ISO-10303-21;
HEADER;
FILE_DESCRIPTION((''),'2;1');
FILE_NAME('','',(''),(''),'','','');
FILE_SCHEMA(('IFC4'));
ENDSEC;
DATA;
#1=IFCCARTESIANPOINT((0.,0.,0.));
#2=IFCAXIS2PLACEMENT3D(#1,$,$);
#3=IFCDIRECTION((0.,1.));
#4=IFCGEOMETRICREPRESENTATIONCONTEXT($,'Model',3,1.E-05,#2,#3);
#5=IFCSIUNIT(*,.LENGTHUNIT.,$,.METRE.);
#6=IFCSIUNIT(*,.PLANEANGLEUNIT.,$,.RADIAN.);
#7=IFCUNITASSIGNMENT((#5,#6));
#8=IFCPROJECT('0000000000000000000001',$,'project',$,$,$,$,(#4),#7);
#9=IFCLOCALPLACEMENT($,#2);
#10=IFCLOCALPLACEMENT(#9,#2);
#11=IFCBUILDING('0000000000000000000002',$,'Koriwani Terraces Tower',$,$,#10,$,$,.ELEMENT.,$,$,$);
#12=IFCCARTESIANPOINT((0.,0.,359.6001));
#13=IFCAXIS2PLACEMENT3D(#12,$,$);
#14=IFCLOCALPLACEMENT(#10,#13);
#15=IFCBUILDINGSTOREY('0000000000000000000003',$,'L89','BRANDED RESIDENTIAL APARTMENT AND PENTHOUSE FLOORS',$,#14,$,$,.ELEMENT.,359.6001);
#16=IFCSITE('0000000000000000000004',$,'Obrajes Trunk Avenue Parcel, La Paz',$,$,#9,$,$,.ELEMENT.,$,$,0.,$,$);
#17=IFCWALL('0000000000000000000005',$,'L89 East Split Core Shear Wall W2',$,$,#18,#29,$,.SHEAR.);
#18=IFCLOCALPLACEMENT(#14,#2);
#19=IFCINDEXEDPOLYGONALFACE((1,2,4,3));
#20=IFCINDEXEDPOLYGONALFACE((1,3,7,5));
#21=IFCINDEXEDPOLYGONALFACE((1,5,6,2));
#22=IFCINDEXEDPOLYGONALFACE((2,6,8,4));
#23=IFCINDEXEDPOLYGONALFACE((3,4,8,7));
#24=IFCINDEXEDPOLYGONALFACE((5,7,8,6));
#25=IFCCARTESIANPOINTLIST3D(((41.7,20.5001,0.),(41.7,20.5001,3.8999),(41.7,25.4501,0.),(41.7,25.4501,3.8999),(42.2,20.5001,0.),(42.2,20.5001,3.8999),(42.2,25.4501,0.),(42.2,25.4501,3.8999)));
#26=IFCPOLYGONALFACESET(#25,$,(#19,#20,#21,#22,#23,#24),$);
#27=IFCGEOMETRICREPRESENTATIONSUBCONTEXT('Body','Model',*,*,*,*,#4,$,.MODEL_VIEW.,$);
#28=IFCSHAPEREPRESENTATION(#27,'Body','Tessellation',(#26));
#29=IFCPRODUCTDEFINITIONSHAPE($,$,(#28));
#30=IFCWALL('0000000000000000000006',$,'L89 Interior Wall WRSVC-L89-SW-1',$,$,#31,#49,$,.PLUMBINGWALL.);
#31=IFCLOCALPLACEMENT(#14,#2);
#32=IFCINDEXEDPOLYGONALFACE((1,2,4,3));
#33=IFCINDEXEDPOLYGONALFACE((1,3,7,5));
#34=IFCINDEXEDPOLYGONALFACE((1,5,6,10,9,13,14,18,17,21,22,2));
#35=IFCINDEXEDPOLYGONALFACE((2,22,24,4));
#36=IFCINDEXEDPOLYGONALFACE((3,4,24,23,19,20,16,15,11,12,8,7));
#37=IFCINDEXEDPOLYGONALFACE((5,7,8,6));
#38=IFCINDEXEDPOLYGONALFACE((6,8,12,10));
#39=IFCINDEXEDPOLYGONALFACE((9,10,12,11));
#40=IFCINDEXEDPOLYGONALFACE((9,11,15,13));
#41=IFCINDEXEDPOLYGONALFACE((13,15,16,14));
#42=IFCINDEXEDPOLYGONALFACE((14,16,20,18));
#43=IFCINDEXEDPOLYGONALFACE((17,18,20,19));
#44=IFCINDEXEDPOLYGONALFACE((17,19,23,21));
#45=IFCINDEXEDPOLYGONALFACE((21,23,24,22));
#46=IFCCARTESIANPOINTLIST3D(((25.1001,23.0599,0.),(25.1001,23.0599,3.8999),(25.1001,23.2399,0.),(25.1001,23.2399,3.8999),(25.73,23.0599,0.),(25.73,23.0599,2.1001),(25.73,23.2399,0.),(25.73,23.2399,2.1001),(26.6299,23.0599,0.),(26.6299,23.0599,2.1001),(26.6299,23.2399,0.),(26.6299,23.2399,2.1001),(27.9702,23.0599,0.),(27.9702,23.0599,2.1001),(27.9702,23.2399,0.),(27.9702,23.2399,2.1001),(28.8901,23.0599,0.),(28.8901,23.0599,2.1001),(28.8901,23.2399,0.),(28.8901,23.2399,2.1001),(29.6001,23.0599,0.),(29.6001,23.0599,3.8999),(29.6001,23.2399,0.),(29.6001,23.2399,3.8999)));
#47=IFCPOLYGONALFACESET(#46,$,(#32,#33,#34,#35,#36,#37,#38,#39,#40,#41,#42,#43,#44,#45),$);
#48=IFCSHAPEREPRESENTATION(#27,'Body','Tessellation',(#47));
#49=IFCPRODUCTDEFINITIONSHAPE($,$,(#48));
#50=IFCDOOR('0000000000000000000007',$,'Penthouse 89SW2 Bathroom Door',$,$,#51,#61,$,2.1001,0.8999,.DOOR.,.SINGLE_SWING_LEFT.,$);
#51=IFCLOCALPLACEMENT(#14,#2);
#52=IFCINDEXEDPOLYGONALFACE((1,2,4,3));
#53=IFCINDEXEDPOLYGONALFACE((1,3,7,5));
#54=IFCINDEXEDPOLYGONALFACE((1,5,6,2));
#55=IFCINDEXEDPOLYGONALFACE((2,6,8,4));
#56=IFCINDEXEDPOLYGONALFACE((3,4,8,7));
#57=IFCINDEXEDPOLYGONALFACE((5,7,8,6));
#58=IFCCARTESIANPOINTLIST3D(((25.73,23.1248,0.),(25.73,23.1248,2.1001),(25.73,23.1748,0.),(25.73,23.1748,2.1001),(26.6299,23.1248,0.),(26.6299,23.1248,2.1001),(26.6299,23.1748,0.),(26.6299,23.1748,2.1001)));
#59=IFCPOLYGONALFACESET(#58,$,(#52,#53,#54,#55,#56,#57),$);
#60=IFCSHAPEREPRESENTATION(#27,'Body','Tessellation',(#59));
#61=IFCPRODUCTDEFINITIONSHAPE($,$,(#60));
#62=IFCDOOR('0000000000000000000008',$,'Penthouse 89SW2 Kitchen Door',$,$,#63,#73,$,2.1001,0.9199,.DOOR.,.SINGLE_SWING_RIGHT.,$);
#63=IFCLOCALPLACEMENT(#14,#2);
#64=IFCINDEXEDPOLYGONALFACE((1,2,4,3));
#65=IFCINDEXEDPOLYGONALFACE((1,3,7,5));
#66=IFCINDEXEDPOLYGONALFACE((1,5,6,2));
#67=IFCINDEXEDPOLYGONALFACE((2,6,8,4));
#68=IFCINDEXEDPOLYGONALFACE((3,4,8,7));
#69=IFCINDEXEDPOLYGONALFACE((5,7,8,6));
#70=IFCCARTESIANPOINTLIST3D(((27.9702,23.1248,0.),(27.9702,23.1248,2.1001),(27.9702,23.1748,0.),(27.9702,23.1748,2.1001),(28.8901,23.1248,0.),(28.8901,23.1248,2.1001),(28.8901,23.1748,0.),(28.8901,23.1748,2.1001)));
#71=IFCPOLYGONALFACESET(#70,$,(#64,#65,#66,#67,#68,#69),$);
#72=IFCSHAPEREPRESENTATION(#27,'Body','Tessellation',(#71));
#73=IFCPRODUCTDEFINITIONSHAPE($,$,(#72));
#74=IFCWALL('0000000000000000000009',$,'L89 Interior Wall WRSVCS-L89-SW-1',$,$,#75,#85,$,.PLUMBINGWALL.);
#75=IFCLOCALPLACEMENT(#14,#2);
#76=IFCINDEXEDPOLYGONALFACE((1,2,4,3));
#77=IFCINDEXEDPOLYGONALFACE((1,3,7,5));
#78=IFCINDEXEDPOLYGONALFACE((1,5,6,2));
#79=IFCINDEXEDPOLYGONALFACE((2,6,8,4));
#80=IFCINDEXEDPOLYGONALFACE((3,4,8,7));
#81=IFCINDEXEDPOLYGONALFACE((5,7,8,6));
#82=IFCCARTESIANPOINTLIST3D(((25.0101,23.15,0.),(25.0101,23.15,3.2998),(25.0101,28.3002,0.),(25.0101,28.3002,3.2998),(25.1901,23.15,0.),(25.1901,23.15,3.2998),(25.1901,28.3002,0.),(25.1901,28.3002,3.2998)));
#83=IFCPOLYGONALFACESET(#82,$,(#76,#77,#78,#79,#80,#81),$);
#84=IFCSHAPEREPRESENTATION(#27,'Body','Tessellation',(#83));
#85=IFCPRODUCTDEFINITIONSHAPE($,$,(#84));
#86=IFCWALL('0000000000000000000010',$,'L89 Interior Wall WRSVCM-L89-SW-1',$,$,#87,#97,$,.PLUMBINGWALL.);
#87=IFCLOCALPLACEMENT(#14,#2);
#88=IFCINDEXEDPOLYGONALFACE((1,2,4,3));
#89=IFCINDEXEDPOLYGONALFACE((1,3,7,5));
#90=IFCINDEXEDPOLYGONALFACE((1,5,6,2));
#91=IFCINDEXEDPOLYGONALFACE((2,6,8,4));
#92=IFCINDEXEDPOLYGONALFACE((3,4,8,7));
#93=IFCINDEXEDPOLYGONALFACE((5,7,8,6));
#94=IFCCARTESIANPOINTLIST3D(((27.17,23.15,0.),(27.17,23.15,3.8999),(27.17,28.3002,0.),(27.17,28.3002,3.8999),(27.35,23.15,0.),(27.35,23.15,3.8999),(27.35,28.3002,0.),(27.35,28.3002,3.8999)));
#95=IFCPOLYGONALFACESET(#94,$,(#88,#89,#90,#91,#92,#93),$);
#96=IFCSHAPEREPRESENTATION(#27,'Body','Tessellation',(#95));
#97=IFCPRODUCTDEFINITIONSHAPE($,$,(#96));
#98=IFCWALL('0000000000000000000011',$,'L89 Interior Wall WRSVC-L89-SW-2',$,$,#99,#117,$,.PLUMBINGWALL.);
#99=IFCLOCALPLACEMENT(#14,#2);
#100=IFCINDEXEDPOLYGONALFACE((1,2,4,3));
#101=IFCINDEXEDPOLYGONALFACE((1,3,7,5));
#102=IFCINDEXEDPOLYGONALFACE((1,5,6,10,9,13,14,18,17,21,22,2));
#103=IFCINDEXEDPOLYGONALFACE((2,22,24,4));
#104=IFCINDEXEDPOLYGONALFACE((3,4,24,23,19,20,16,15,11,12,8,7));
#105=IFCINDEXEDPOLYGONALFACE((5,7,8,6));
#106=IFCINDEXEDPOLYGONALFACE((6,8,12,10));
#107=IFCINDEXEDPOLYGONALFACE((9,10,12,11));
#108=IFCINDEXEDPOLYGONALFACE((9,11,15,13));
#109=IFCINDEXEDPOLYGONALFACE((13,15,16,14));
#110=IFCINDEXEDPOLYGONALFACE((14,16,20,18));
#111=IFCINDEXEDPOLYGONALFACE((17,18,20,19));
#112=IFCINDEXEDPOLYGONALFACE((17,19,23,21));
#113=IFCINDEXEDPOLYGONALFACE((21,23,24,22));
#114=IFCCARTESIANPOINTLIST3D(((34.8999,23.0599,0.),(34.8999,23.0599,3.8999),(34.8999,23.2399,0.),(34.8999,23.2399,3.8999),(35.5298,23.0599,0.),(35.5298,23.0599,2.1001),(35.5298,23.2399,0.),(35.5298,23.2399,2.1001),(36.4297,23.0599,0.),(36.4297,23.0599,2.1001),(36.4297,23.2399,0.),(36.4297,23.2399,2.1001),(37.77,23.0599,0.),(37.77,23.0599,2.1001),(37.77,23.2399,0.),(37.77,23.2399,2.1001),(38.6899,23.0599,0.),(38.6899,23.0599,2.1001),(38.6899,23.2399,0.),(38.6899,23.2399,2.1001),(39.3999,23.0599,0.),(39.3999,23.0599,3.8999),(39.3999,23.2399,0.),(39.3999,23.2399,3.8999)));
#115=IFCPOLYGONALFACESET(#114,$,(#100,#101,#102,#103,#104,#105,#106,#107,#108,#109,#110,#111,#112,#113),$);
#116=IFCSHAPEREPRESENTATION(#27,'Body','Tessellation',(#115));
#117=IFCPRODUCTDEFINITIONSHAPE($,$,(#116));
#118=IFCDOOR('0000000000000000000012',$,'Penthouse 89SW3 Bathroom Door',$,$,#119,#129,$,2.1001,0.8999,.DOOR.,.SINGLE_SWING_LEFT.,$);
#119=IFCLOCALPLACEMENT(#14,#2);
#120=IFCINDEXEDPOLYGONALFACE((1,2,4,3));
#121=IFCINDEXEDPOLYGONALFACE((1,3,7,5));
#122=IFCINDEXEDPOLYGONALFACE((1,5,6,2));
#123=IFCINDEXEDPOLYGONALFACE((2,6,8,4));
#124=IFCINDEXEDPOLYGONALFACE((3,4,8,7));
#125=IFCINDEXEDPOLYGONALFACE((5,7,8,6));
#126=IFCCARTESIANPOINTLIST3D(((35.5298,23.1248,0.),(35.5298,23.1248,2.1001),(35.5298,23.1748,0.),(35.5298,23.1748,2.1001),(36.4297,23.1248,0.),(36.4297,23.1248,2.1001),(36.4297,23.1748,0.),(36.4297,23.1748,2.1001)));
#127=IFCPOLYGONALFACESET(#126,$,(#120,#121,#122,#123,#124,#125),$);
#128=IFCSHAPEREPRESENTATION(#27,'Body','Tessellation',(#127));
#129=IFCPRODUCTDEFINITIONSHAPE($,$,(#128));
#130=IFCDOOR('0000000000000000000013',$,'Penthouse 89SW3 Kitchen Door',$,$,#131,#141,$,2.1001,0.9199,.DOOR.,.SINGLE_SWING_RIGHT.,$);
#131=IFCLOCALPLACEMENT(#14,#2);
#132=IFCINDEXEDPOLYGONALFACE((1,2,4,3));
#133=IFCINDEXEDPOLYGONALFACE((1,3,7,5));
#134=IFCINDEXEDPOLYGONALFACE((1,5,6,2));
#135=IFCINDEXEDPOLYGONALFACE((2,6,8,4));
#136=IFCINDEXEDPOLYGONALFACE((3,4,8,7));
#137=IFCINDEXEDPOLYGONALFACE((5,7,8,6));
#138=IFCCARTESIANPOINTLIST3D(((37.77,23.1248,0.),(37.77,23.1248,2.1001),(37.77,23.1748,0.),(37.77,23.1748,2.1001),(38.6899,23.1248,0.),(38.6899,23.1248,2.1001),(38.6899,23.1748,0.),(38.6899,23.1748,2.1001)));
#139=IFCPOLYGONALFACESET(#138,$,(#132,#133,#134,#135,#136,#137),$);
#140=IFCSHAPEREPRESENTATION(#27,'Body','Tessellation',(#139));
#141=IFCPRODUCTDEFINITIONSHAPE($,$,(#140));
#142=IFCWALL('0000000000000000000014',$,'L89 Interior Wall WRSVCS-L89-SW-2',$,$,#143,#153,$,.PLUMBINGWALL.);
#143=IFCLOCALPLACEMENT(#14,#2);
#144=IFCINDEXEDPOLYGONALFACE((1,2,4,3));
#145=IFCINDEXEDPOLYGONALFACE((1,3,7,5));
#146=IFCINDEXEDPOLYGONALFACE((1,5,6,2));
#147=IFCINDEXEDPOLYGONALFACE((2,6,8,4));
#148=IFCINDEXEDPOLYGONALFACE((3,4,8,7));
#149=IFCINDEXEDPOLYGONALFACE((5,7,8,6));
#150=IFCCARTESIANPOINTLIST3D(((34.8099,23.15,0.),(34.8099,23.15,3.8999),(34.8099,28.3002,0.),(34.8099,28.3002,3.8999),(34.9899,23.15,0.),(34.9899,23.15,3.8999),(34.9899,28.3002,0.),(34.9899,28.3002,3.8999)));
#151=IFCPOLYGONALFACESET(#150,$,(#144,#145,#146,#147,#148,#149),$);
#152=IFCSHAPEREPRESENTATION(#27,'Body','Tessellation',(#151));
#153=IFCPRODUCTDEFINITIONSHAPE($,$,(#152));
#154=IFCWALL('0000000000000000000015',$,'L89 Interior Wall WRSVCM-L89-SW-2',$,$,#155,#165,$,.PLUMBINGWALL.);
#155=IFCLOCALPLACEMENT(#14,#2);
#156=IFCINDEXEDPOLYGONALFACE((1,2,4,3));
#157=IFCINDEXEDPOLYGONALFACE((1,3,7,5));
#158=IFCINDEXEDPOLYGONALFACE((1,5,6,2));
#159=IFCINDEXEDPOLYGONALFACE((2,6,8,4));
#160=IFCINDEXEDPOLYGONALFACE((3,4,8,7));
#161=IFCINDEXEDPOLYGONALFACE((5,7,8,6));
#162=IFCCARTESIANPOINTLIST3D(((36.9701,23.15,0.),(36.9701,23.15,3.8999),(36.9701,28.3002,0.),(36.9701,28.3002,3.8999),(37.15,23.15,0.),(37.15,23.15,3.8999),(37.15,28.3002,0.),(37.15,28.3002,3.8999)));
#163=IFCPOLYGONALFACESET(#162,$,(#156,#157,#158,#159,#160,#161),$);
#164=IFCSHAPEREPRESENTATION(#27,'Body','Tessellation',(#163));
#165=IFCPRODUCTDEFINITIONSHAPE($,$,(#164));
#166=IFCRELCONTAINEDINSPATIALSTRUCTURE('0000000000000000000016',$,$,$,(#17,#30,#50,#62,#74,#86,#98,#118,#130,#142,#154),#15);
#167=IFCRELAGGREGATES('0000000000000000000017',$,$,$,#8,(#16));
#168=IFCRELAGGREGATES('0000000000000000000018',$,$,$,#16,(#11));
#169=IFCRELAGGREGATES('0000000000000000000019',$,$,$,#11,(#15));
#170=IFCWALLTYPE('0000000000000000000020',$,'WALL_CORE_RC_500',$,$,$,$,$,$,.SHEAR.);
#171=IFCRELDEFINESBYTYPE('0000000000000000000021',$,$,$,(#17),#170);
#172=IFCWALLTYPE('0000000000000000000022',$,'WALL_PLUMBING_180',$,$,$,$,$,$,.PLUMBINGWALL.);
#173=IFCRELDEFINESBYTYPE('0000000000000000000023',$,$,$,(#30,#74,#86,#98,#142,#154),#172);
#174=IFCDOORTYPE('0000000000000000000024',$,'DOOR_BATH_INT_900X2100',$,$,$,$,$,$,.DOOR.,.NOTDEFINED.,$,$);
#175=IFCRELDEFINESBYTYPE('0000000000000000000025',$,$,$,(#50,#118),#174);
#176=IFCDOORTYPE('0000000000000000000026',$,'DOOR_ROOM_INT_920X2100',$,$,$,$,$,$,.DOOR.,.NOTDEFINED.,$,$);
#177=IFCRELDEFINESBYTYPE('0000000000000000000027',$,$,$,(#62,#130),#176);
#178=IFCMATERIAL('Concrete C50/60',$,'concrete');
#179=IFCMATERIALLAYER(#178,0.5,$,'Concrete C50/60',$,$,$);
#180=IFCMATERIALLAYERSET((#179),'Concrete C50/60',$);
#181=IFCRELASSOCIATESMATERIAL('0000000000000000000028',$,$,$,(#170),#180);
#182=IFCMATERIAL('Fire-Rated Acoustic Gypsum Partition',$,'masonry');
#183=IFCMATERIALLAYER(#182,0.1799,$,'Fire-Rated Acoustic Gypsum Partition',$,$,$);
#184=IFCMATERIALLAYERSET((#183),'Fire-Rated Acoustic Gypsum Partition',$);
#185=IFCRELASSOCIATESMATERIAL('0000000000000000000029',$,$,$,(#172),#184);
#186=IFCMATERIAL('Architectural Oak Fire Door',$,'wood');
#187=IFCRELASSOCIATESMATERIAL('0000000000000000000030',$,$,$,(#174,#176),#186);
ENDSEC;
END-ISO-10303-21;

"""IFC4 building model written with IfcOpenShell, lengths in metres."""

from ifc_helpers import new_model, si_unit, direction, frame, frame_2d, origin, place, context, subcontext, project, spatial, rectangle, extrude, material, layer, layer_set, type_object, element, fill, save


model = new_model("IFC4")

# Units and contexts
model_context = context("Model", 3, precision=1e-05, world=origin(), true_north=direction((0.0, 1.0)))
body_context = subcontext(model_context, "Body", "Model", "MODEL_VIEW")
ifc_project = project(units=[si_unit("LENGTHUNIT", "METRE"), si_unit("PLANEANGLEUNIT", "RADIAN")], contexts=[model_context])

# Site, building, storey
site_placement = place(None, origin())
site = spatial("IfcSite", under=ifc_project, at=site_placement, Name="Obrajes Trunk Avenue Parcel, La Paz", CompositionType="ELEMENT", RefElevation=0.0)
building_placement = place(site_placement, origin())
building = spatial("IfcBuilding", under=site, at=building_placement, Name="Koriwani Terraces Tower", CompositionType="ELEMENT")
storey_placement = place(building_placement, frame((0.0, 0.0, 359.6001)))
storey = spatial("IfcBuildingStorey", under=building, at=storey_placement, Name="L89", Description="BRANDED RESIDENTIAL APARTMENT AND PENTHOUSE FLOORS", CompositionType="ELEMENT", Elevation=359.6001)

# Shared definitions
ifc_material_1 = material(Name="Concrete C50/60", Category="concrete")

# Wall
ifc_layer_1 = layer(ifc_material_1, 0.5, Name="Concrete C50/60")
ifc_layer_set_1 = layer_set([ifc_layer_1], Name="Concrete C50/60")
wall_type_1 = type_object("IfcWallType", Name="WALL_CORE_RC_500", PredefinedType="SHEAR", material=ifc_layer_set_1)
wall_1_placement = place(storey_placement, frame((41.95, 20.5, 0.0), z_axis=(0.0, 0.0, 1.0), x_axis=(0.0, 1.0, 0.0)))
element("IfcWall", 1, at=wall_1_placement, inside=storey, type_object=wall_type_1, Name="L89 East Split Core Shear Wall W2", PredefinedType="SHEAR", context=body_context, shape_type="SweptSolid", body=[
    extrude(rectangle(XDim=4.95, YDim=0.5, at=frame_2d((2.4751, 0.0))), origin(), (0.0, 0.0, 1.0), 3.8999),
])

# Wall, openings, doors
ifc_material_2 = material(Name="Fire-Rated Acoustic Gypsum Partition", Category="masonry")
ifc_layer_2 = layer(ifc_material_2, 0.1799, Name="Fire-Rated Acoustic Gypsum Partition")
ifc_layer_set_2 = layer_set([ifc_layer_2], Name="Fire-Rated Acoustic Gypsum Partition")
wall_type_2 = type_object("IfcWallType", Name="WALL_PLUMBING_180", PredefinedType="PLUMBINGWALL", material=ifc_layer_set_2)
wall_2_placement = place(storey_placement, frame((25.1001, 23.1499, 0.0), z_axis=(0.0, 0.0, 1.0), x_axis=(1.0, 0.0, 0.0)))
wall_2 = element("IfcWall", 2, at=wall_2_placement, inside=storey, type_object=wall_type_2, Name="L89 Interior Wall WRSVC-L89-SW-1", PredefinedType="PLUMBINGWALL", context=body_context, shape_type="SweptSolid", body=[
    extrude(rectangle(XDim=4.5, YDim=0.1799, at=frame_2d((2.25, 0.0))), origin(), (0.0, 0.0, 1.0), 3.8999),
])
opening_1_placement = place(wall_2_placement, frame((0.6299, 0.0, 0.0)))
opening_1 = element("IfcOpeningElement", 3, at=opening_1_placement, cuts=wall_2, PredefinedType="OPENING", context=body_context, shape_type="SweptSolid", body=[
    extrude(rectangle(XDim=0.8999, YDim=2.1001, at=frame_2d((0.45, 1.05))), frame((0.0, 0.1001, 0.0), z_axis=(0.0, -1.0, 0.0), x_axis=(1.0, 0.0, 0.0)), (0.0, 0.0, 1.0), 0.2),
])
opening_2_placement = place(wall_2_placement, frame((2.8701, 0.0, 0.0)))
opening_2 = element("IfcOpeningElement", 4, at=opening_2_placement, cuts=wall_2, PredefinedType="OPENING", context=body_context, shape_type="SweptSolid", body=[
    extrude(rectangle(XDim=0.9199, YDim=2.1001, at=frame_2d((0.46, 1.05))), frame((0.0, 0.1001, 0.0), z_axis=(0.0, -1.0, 0.0), x_axis=(1.0, 0.0, 0.0)), (0.0, 0.0, 1.0), 0.2),
])
ifc_material_3 = material(Name="Architectural Oak Fire Door", Category="wood")
door_type_1 = type_object("IfcDoorType", Name="DOOR_BATH_INT_900X2100", OperationType="NOTDEFINED", PredefinedType="DOOR", material=ifc_material_3)
door_1_placement = place(opening_1_placement, origin())
door_1 = element("IfcDoor", 5, at=door_1_placement, inside=storey, type_object=door_type_1, Name="Penthouse 89SW2 Bathroom Door", OperationType="SINGLE_SWING_LEFT", OverallHeight=2.1001, OverallWidth=0.8999, PredefinedType="DOOR", context=body_context, shape_type="SweptSolid", body=[
    extrude(rectangle(XDim=0.8999, YDim=2.1001, at=frame_2d((0.45, 1.05))), frame((0.0, 0.0249, 0.0), z_axis=(0.0, -1.0, 0.0), x_axis=(1.0, 0.0, 0.0)), (0.0, 0.0, 1.0), 0.05),
])
fill(opening_1, door_1)
door_type_2 = type_object("IfcDoorType", Name="DOOR_ROOM_INT_920X2100", OperationType="NOTDEFINED", PredefinedType="DOOR", material=ifc_material_3)
door_2_placement = place(opening_2_placement, origin())
door_2 = element("IfcDoor", 6, at=door_2_placement, inside=storey, type_object=door_type_2, Name="Penthouse 89SW2 Kitchen Door", OperationType="SINGLE_SWING_RIGHT", OverallHeight=2.1001, OverallWidth=0.9199, PredefinedType="DOOR", context=body_context, shape_type="SweptSolid", body=[
    extrude(rectangle(XDim=0.9199, YDim=2.1001, at=frame_2d((0.46, 1.05))), frame((0.0, 0.0249, 0.0), z_axis=(0.0, -1.0, 0.0), x_axis=(1.0, 0.0, 0.0)), (0.0, 0.0, 1.0), 0.05),
])
fill(opening_2, door_2)

# Walls
wall_3_placement = place(storey_placement, frame((25.1001, 23.1499, 0.0), z_axis=(0.0, 0.0, 1.0), x_axis=(0.0, 1.0, 0.0)))
element("IfcWall", 7, at=wall_3_placement, inside=storey, type_object=wall_type_2, Name="L89 Interior Wall WRSVCS-L89-SW-1", PredefinedType="PLUMBINGWALL", context=body_context, shape_type="SweptSolid", body=[
    extrude(rectangle(XDim=5.1501, YDim=0.1799, at=frame_2d((2.5752, 0.0))), origin(), (0.0, 0.0, 1.0), 3.2998),
])
wall_4_placement = place(storey_placement, frame((27.26, 23.1499, 0.0), z_axis=(0.0, 0.0, 1.0), x_axis=(0.0, 1.0, 0.0)))
element("IfcWall", 8, at=wall_4_placement, inside=storey, type_object=wall_type_2, Name="L89 Interior Wall WRSVCM-L89-SW-1", PredefinedType="PLUMBINGWALL", context=body_context, shape_type="SweptSolid", body=[
    extrude(rectangle(XDim=5.1501, YDim=0.1799, at=frame_2d((2.5752, 0.0))), origin(), (0.0, 0.0, 1.0), 3.8999),
])

# Wall, openings, doors
wall_5_placement = place(storey_placement, frame((34.8999, 23.1499, 0.0), z_axis=(0.0, 0.0, 1.0), x_axis=(1.0, 0.0, 0.0)))
wall_5 = element("IfcWall", 9, at=wall_5_placement, inside=storey, type_object=wall_type_2, Name="L89 Interior Wall WRSVC-L89-SW-2", PredefinedType="PLUMBINGWALL", context=body_context, shape_type="SweptSolid", body=[
    extrude(rectangle(XDim=4.5, YDim=0.1799, at=frame_2d((2.25, 0.0))), origin(), (0.0, 0.0, 1.0), 3.8999),
])
opening_3_placement = place(wall_5_placement, frame((0.6299, 0.0, 0.0)))
opening_3 = element("IfcOpeningElement", 10, at=opening_3_placement, cuts=wall_5, PredefinedType="OPENING", context=body_context, shape_type="SweptSolid", body=[
    extrude(rectangle(XDim=0.8999, YDim=2.1001, at=frame_2d((0.45, 1.05))), frame((0.0, 0.1001, 0.0), z_axis=(0.0, -1.0, 0.0), x_axis=(1.0, 0.0, 0.0)), (0.0, 0.0, 1.0), 0.2),
])
opening_4_placement = place(wall_5_placement, frame((2.8701, 0.0, 0.0)))
opening_4 = element("IfcOpeningElement", 11, at=opening_4_placement, cuts=wall_5, PredefinedType="OPENING", context=body_context, shape_type="SweptSolid", body=[
    extrude(rectangle(XDim=0.9199, YDim=2.1001, at=frame_2d((0.46, 1.05))), frame((0.0, 0.1001, 0.0), z_axis=(0.0, -1.0, 0.0), x_axis=(1.0, 0.0, 0.0)), (0.0, 0.0, 1.0), 0.2),
])
door_3_placement = place(opening_3_placement, origin())
door_3 = element("IfcDoor", 12, at=door_3_placement, inside=storey, type_object=door_type_1, Name="Penthouse 89SW3 Bathroom Door", OperationType="SINGLE_SWING_LEFT", OverallHeight=2.1001, OverallWidth=0.8999, PredefinedType="DOOR", context=body_context, shape_type="SweptSolid", body=[
    extrude(rectangle(XDim=0.8999, YDim=2.1001, at=frame_2d((0.45, 1.05))), frame((0.0, 0.0249, 0.0), z_axis=(0.0, -1.0, 0.0), x_axis=(1.0, 0.0, 0.0)), (0.0, 0.0, 1.0), 0.05),
])
fill(opening_3, door_3)
door_4_placement = place(opening_4_placement, origin())
door_4 = element("IfcDoor", 13, at=door_4_placement, inside=storey, type_object=door_type_2, Name="Penthouse 89SW3 Kitchen Door", OperationType="SINGLE_SWING_RIGHT", OverallHeight=2.1001, OverallWidth=0.9199, PredefinedType="DOOR", context=body_context, shape_type="SweptSolid", body=[
    extrude(rectangle(XDim=0.9199, YDim=2.1001, at=frame_2d((0.46, 1.05))), frame((0.0, 0.0249, 0.0), z_axis=(0.0, -1.0, 0.0), x_axis=(1.0, 0.0, 0.0)), (0.0, 0.0, 1.0), 0.05),
])
fill(opening_4, door_4)

# Walls
for number, where, z_axis, x_axis, name in (
    (14, (34.8999, 23.1499, 0.0), (0.0, 0.0, 1.0), (0.0, 1.0, 0.0), "L89 Interior Wall WRSVCS-L89-SW-2"),
    (15, (37.0601, 23.1499, 0.0), (0.0, 0.0, 1.0), (0.0, 1.0, 0.0), "L89 Interior Wall WRSVCM-L89-SW-2"),
):
    element("IfcWall", number, at=place(storey_placement, frame(where, z_axis=z_axis, x_axis=x_axis)), inside=storey, type_object=wall_type_2, Name=name, PredefinedType="PLUMBINGWALL", context=body_context, shape_type="SweptSolid", body=[
        extrude(rectangle(XDim=5.1501, YDim=0.1799, at=frame_2d((2.5752, 0.0))), origin(), (0.0, 0.0, 1.0), 3.8999),
    ])

save(model, "model.ifc")
